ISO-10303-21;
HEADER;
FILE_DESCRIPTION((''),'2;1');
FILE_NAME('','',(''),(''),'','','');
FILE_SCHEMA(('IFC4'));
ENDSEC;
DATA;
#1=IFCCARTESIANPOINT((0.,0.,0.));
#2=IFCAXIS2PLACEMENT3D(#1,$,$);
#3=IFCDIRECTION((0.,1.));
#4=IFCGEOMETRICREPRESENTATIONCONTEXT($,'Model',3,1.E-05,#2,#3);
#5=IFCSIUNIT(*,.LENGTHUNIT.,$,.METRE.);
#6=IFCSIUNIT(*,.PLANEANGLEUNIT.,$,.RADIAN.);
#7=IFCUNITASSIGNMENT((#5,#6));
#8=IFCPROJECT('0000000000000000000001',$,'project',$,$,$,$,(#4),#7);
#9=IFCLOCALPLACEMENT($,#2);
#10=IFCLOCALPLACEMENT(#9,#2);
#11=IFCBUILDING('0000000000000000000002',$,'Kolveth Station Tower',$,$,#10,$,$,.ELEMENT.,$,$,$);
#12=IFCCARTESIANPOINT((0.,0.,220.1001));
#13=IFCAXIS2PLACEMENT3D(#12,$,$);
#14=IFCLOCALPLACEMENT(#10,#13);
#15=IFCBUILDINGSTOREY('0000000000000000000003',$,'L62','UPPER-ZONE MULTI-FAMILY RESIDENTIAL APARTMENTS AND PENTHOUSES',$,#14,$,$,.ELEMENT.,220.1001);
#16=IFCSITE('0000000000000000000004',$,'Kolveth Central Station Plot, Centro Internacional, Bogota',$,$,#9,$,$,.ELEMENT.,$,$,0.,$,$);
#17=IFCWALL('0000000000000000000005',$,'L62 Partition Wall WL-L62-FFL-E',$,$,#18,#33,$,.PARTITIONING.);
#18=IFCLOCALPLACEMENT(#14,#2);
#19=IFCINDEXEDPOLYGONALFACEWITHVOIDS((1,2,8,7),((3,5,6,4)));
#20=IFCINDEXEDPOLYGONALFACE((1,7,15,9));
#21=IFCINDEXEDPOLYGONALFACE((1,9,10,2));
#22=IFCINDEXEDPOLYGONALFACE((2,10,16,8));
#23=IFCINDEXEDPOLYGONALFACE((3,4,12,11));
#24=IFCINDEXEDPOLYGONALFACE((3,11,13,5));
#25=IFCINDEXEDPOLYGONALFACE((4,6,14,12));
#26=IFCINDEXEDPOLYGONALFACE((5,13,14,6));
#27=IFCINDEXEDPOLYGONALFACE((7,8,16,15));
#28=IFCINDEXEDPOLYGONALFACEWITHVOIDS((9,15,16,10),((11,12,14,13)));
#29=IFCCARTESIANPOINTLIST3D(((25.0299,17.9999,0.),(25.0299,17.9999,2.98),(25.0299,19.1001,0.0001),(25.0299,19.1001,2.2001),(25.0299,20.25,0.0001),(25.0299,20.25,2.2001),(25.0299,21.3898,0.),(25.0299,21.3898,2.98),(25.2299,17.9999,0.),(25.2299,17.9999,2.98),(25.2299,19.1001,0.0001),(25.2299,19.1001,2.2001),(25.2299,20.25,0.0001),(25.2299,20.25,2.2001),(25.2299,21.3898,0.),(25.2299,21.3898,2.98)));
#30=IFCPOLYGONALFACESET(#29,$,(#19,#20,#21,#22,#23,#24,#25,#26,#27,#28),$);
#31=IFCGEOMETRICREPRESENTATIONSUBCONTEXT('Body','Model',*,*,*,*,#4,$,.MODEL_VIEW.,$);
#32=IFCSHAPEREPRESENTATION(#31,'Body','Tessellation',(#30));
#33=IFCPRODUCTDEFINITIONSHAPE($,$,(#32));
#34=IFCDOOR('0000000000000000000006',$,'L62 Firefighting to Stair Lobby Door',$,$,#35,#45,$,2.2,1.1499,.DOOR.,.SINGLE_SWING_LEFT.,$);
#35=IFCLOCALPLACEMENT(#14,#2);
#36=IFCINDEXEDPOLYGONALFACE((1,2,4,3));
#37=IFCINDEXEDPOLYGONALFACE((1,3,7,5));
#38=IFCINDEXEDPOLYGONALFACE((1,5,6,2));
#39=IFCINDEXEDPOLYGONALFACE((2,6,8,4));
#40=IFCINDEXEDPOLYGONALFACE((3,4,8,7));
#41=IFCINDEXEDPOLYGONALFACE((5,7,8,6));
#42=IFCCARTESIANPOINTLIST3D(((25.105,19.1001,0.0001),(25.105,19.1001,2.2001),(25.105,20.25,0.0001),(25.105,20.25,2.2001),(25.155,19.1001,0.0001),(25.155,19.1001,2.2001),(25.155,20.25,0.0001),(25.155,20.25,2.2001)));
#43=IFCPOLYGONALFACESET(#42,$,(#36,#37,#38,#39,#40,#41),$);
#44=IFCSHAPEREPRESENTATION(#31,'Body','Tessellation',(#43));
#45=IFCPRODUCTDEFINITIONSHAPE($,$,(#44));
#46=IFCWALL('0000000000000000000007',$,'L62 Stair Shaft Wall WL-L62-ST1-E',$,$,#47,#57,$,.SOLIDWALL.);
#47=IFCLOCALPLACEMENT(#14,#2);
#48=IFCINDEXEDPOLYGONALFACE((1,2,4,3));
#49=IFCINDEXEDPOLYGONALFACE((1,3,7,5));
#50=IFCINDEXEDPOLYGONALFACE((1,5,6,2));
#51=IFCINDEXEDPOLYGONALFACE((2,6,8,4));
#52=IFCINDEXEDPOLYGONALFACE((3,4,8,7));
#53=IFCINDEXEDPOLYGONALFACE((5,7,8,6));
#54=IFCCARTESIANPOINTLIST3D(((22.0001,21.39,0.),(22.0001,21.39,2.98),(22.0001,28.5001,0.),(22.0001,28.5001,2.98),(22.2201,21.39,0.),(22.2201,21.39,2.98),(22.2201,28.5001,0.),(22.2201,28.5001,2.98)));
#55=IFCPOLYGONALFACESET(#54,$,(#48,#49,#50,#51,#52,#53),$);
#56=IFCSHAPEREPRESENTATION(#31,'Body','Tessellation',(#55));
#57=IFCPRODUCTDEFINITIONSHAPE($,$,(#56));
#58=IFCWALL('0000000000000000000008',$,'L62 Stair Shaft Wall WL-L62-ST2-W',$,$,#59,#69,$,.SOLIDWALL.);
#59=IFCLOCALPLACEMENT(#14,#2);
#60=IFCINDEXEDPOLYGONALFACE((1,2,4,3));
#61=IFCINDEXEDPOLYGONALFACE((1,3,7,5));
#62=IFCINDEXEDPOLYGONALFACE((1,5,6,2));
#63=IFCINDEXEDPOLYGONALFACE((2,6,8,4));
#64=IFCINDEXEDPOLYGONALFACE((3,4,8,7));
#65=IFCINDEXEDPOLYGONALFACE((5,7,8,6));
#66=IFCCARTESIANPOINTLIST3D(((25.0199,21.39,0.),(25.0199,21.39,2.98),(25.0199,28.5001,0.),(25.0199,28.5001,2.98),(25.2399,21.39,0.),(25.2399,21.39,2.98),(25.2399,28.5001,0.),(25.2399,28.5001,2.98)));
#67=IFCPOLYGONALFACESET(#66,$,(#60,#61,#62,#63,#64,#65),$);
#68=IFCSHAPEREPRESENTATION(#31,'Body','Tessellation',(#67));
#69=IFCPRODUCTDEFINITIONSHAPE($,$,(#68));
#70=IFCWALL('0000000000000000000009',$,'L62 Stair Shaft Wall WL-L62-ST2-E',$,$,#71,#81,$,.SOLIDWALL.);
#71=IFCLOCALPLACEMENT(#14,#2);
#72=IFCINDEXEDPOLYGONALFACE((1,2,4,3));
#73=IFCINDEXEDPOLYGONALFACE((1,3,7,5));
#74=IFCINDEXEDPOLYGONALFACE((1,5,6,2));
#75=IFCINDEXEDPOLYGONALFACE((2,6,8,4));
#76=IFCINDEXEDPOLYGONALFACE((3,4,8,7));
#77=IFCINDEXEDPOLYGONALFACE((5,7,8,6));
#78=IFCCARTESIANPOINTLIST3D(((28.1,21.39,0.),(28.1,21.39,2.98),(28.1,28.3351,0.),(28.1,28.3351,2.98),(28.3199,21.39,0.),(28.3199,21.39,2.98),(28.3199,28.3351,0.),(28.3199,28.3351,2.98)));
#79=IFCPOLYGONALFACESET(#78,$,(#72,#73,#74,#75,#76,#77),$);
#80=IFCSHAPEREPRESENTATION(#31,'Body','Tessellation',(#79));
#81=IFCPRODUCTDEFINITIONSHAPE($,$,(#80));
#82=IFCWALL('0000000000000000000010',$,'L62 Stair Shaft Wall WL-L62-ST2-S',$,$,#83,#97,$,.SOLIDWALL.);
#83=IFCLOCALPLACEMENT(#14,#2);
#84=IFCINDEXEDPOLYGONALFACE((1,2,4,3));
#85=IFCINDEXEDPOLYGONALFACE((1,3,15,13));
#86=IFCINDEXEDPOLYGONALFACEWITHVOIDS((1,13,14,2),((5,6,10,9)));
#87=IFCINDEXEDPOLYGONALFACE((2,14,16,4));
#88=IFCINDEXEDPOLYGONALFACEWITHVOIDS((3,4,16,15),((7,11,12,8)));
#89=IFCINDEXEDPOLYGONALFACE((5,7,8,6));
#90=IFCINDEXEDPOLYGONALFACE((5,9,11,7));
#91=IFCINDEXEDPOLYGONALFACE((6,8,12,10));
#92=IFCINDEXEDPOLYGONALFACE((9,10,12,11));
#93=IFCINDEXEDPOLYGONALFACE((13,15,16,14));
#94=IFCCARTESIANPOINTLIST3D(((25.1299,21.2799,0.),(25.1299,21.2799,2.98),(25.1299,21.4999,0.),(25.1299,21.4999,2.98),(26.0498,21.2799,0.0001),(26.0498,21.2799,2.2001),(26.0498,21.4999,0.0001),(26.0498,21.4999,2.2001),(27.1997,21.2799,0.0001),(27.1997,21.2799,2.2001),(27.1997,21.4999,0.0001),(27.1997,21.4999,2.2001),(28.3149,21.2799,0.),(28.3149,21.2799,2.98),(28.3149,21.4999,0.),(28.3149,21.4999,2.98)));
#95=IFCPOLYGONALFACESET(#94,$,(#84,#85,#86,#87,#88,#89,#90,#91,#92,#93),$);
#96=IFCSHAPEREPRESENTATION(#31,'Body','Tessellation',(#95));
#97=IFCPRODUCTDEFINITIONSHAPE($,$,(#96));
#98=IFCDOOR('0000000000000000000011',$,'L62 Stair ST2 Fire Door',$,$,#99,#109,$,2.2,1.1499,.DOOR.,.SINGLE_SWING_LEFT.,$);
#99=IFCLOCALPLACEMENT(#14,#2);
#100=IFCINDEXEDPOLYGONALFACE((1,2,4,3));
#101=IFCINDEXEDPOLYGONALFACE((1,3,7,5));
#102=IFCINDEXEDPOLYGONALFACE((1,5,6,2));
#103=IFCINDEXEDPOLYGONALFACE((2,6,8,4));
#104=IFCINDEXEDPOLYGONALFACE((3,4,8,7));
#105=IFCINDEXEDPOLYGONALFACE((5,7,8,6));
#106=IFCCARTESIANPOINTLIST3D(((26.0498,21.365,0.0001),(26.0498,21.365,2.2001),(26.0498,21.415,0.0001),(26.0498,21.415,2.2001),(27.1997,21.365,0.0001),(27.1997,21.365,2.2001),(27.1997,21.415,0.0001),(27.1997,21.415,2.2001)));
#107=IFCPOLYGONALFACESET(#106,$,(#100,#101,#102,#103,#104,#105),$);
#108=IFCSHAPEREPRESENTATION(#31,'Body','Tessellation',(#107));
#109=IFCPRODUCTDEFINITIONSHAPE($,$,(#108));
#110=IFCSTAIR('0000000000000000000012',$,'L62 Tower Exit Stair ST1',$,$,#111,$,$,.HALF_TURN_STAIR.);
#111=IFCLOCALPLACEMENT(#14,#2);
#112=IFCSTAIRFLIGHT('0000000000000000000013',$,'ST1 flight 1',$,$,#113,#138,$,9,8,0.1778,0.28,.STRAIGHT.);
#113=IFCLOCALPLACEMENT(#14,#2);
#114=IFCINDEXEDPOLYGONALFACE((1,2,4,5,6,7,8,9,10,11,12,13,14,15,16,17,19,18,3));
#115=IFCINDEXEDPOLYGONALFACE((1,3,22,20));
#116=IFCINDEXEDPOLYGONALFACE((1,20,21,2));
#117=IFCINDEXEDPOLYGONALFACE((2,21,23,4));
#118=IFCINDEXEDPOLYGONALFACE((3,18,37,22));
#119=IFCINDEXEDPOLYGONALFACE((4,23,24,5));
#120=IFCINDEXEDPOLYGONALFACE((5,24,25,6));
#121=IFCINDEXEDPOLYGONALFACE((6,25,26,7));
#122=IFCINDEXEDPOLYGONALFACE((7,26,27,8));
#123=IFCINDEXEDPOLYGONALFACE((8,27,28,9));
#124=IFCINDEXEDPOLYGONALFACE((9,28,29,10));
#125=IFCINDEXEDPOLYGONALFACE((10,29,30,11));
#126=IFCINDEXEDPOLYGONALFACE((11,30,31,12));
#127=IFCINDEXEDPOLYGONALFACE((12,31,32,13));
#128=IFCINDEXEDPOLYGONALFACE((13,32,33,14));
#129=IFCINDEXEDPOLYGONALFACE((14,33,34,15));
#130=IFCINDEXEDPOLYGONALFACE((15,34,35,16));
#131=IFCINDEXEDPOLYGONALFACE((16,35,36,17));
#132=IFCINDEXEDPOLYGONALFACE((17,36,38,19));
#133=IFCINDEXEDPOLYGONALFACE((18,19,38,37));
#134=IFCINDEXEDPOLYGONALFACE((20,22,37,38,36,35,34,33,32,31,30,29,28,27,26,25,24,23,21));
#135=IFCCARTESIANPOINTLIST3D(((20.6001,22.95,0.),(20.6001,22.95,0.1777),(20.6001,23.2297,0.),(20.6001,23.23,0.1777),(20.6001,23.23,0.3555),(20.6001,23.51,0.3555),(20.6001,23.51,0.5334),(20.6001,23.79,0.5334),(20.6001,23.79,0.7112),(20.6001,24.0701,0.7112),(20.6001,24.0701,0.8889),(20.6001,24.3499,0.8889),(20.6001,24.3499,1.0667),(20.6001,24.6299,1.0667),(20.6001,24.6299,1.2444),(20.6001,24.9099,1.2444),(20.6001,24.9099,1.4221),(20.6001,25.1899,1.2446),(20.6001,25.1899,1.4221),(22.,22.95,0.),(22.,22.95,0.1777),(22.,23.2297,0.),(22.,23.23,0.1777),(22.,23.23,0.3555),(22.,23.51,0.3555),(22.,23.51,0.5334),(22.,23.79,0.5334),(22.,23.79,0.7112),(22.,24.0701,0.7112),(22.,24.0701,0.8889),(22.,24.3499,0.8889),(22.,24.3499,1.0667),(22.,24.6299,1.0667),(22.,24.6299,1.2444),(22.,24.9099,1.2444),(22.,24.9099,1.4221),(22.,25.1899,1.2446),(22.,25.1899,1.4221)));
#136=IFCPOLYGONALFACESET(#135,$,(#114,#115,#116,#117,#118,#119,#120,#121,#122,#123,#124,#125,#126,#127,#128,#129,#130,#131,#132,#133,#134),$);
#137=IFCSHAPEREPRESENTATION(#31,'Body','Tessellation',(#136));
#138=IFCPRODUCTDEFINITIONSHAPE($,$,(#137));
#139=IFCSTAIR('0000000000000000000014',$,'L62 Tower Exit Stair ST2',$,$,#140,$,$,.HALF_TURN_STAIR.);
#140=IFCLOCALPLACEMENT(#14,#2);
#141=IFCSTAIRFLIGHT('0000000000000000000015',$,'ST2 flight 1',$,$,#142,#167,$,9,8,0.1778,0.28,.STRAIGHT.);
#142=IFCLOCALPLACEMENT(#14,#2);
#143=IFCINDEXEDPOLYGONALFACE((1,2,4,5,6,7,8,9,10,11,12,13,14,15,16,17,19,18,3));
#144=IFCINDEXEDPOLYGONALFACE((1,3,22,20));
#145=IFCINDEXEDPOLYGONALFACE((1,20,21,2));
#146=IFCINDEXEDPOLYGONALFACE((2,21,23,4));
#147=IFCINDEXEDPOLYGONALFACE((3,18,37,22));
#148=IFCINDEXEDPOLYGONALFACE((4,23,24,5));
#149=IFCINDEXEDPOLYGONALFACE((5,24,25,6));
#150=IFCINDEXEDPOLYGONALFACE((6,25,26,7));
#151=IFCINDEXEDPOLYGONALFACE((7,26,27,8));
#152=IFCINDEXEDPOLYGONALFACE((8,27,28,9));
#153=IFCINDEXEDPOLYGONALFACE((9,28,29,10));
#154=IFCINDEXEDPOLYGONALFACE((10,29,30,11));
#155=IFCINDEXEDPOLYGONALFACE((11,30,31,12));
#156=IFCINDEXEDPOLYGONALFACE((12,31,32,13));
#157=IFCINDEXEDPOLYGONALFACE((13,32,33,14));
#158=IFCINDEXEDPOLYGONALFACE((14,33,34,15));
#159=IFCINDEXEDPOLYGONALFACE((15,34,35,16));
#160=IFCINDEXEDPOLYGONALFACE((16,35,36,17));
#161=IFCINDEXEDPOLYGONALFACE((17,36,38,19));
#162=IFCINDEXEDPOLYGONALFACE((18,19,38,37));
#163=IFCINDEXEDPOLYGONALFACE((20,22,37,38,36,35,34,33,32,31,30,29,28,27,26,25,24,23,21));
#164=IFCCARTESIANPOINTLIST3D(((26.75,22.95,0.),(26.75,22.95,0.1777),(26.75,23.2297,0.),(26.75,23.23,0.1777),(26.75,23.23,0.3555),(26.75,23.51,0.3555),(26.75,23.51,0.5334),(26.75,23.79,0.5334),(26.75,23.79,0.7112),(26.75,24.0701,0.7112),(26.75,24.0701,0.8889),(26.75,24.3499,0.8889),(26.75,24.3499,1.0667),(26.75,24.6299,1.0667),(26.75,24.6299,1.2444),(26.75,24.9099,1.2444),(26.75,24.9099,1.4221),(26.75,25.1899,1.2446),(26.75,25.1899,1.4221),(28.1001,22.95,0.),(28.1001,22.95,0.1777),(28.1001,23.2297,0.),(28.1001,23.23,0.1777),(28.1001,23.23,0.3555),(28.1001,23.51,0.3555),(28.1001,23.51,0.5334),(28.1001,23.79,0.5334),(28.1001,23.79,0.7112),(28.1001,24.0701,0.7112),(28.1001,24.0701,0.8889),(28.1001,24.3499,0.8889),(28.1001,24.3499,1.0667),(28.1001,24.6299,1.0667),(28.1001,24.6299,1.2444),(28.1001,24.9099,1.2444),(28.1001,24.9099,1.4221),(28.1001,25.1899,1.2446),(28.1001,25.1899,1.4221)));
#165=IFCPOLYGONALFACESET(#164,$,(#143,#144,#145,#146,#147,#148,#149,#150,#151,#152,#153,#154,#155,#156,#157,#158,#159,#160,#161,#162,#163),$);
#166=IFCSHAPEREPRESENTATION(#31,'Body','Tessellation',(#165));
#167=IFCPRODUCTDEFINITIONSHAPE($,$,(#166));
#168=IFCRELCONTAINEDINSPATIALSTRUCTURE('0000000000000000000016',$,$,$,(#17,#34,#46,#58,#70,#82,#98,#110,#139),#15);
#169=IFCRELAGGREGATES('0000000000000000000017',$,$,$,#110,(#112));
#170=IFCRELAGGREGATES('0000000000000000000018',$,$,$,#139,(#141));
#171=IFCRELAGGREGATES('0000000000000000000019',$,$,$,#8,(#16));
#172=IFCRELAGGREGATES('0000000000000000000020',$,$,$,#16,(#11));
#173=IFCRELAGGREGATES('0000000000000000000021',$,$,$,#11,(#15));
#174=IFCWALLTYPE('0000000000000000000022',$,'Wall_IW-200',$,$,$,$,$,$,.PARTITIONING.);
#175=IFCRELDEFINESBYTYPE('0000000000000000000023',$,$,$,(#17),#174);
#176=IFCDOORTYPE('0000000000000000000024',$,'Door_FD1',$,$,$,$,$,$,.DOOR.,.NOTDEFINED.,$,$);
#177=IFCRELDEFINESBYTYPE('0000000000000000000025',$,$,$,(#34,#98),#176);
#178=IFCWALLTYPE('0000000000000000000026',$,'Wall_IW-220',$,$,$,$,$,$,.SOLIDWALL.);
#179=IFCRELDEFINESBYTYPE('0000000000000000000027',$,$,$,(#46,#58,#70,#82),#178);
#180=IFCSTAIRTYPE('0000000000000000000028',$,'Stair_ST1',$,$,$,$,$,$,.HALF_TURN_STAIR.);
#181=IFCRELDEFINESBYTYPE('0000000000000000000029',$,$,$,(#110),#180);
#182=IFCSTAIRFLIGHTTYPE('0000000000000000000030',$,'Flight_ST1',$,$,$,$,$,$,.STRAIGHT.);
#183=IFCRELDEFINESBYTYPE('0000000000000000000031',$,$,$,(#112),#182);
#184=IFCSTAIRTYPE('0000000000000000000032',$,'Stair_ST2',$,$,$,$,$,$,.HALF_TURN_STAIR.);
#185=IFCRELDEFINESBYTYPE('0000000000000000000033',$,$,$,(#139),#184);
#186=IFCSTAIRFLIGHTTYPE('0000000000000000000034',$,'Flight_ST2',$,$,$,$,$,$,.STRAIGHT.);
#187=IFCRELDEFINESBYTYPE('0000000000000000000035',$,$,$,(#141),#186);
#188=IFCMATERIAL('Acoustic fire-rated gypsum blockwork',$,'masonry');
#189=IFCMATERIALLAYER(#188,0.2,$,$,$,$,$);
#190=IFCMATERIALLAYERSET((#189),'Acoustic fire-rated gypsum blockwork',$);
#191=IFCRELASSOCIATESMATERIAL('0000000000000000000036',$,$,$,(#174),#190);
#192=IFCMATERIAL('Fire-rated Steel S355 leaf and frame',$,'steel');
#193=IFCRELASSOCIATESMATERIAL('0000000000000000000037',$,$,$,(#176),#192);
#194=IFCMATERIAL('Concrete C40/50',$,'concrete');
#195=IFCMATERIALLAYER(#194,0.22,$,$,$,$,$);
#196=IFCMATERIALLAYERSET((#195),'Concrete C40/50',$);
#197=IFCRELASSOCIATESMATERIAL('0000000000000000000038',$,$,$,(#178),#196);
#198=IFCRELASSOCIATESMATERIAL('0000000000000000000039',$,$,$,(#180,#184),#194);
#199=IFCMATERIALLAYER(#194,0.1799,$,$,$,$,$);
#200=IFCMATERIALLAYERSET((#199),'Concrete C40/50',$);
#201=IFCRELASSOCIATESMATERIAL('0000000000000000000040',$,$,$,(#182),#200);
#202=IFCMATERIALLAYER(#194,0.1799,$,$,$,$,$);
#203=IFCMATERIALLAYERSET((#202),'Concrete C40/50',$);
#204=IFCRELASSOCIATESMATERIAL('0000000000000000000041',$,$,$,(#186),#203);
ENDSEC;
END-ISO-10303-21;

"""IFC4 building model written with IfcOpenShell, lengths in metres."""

from ifc_helpers import new_model, si_unit, direction, frame, frame_2d, origin, place, context, subcontext, project, spatial, polyline, rectangle, outline, extrude, material, layer, layer_set, type_object, element, fill, aggregate, save


model = new_model("IFC4")

# Units and contexts
model_context = context("Model", 3, precision=1e-05, world=origin(), true_north=direction((0.0, 1.0)))
body_context = subcontext(model_context, "Body", "Model", "MODEL_VIEW")
ifc_project = project(units=[si_unit("LENGTHUNIT", "METRE"), si_unit("PLANEANGLEUNIT", "RADIAN")], contexts=[model_context])

# Site, building, storey
site_placement = place(None, origin())
site = spatial("IfcSite", under=ifc_project, at=site_placement, Name="Kolveth Central Station Plot, Centro Internacional, Bogota", CompositionType="ELEMENT", RefElevation=0.0)
building_placement = place(site_placement, origin())
building = spatial("IfcBuilding", under=site, at=building_placement, Name="Kolveth Station Tower", CompositionType="ELEMENT")
storey_placement = place(building_placement, frame((0.0, 0.0, 220.1001)))
storey = spatial("IfcBuildingStorey", under=building, at=storey_placement, Name="L62", Description="UPPER-ZONE MULTI-FAMILY RESIDENTIAL APARTMENTS AND PENTHOUSES", CompositionType="ELEMENT", Elevation=220.1001)

# Shared definitions
ifc_material_1 = material(Name="Acoustic fire-rated gypsum blockwork", Category="masonry")
ifc_layer_1 = layer(ifc_material_1, 0.2)
ifc_layer_set_1 = layer_set([ifc_layer_1], Name="Acoustic fire-rated gypsum blockwork")
wall_type_1 = type_object("IfcWallType", Name="Wall_IW-200", PredefinedType="PARTITIONING", material=ifc_layer_set_1)

# Wall, opening, door
wall_1_placement = place(storey_placement, frame((25.1299, 18.0, 0.0), z_axis=(0.0, 0.0, 1.0), x_axis=(0.0, 1.0, 0.0)))
wall_1 = element("IfcWall", 1, at=wall_1_placement, inside=storey, type_object=wall_type_1, Name="L62 Partition Wall WL-L62-FFL-E", PredefinedType="PARTITIONING", context=body_context, shape_type="SweptSolid", body=[
    extrude(rectangle(XDim=3.3899, YDim=0.2, at=frame_2d((1.6948, 0.0))), origin(), (0.0, 0.0, 1.0), 2.98),
])
opening_1_placement = place(wall_1_placement, frame((1.1001, 0.0, 0.0)))
opening_1 = element("IfcOpeningElement", 2, at=opening_1_placement, cuts=wall_1, PredefinedType="OPENING", context=body_context, shape_type="SweptSolid", body=[
    extrude(rectangle(XDim=1.1499, YDim=2.2, at=frame_2d((0.575, 1.1001))), frame((0.0, 0.1099, 0.0), z_axis=(0.0, -1.0, 0.0), x_axis=(1.0, 0.0, 0.0)), (0.0, 0.0, 1.0), 0.22),
])
ifc_material_2 = material(Name="Fire-rated Steel S355 leaf and frame", Category="steel")
door_type = type_object("IfcDoorType", Name="Door_FD1", OperationType="NOTDEFINED", PredefinedType="DOOR", material=ifc_material_2)
door_1_placement = place(opening_1_placement, origin())
door_1 = element("IfcDoor", 3, at=door_1_placement, inside=storey, type_object=door_type, Name="L62 Firefighting to Stair Lobby Door", OperationType="SINGLE_SWING_LEFT", OverallHeight=2.2, OverallWidth=1.1499, PredefinedType="DOOR", context=body_context, shape_type="SweptSolid", body=[
    extrude(rectangle(XDim=1.1499, YDim=2.2, at=frame_2d((0.575, 1.1001))), frame((0.0, 0.0249, 0.0), z_axis=(0.0, -1.0, 0.0), x_axis=(1.0, 0.0, 0.0)), (0.0, 0.0, 1.0), 0.05),
])
fill(opening_1, door_1)

# Walls
ifc_material_3 = material(Name="Concrete C40/50", Category="concrete")
ifc_layer_2 = layer(ifc_material_3, 0.22)
ifc_layer_set_2 = layer_set([ifc_layer_2], Name="Concrete C40/50")
wall_type_2 = type_object("IfcWallType", Name="Wall_IW-220", PredefinedType="SOLIDWALL", material=ifc_layer_set_2)
for number, where, z_axis, x_axis, name in (
    (4, (22.1101, 21.3899, 0.0), (0.0, 0.0, 1.0), (0.0, 1.0, 0.0), "L62 Stair Shaft Wall WL-L62-ST1-E"),
    (5, (25.1299, 21.3899, 0.0), (0.0, 0.0, 1.0), (0.0, 1.0, 0.0), "L62 Stair Shaft Wall WL-L62-ST2-W"),
):
    element("IfcWall", number, at=place(storey_placement, frame(where, z_axis=z_axis, x_axis=x_axis)), inside=storey, type_object=wall_type_2, Name=name, PredefinedType="SOLIDWALL", context=body_context, shape_type="SweptSolid", body=[
        extrude(rectangle(XDim=7.1101, YDim=0.22, at=frame_2d((3.5552, 0.0))), origin(), (0.0, 0.0, 1.0), 2.98),
    ])
wall_2_placement = place(storey_placement, frame((28.21, 21.3899, 0.0), z_axis=(0.0, 0.0, 1.0), x_axis=(0.0, 1.0, 0.0)))
element("IfcWall", 6, at=wall_2_placement, inside=storey, type_object=wall_type_2, Name="L62 Stair Shaft Wall WL-L62-ST2-E", PredefinedType="SOLIDWALL", context=body_context, shape_type="SweptSolid", body=[
    extrude(rectangle(XDim=6.9451, YDim=0.22, at=frame_2d((3.4727, 0.0))), origin(), (0.0, 0.0, 1.0), 2.98),
])

# Wall, opening, door
wall_3_placement = place(storey_placement, frame((25.1299, 21.3899, 0.0), z_axis=(0.0, 0.0, 1.0), x_axis=(1.0, 0.0, 0.0)))
wall_3 = element("IfcWall", 7, at=wall_3_placement, inside=storey, type_object=wall_type_2, Name="L62 Stair Shaft Wall WL-L62-ST2-S", PredefinedType="SOLIDWALL", context=body_context, shape_type="SweptSolid", body=[
    extrude(rectangle(XDim=3.1851, YDim=0.22, at=frame_2d((1.5925, 0.0))), origin(), (0.0, 0.0, 1.0), 2.98),
])
opening_2_placement = place(wall_3_placement, frame((0.9199, 0.0, 0.0)))
opening_2 = element("IfcOpeningElement", 8, at=opening_2_placement, cuts=wall_3, PredefinedType="OPENING", context=body_context, shape_type="SweptSolid", body=[
    extrude(rectangle(XDim=1.1499, YDim=2.2, at=frame_2d((0.575, 1.1001))), frame((0.0, 0.1199, 0.0), z_axis=(0.0, -1.0, 0.0), x_axis=(1.0, 0.0, 0.0)), (0.0, 0.0, 1.0), 0.24),
])
door_2_placement = place(opening_2_placement, frame((1.1499, 0.0, 0.0), z_axis=(0.0, 0.0, 1.0), x_axis=(-1.0, 0.0, 0.0)))
door_2 = element("IfcDoor", 9, at=door_2_placement, inside=storey, type_object=door_type, Name="L62 Stair ST2 Fire Door", OperationType="SINGLE_SWING_LEFT", OverallHeight=2.2, OverallWidth=1.1499, PredefinedType="DOOR", context=body_context, shape_type="SweptSolid", body=[
    extrude(rectangle(XDim=1.1499, YDim=2.2, at=frame_2d((0.575, 1.1001))), frame((0.0, 0.0249, 0.0), z_axis=(0.0, -1.0, 0.0), x_axis=(1.0, 0.0, 0.0)), (0.0, 0.0, 1.0), 0.05),
])
fill(opening_2, door_2)

# Stairs, stair flights
stair_type_1 = type_object("IfcStairType", Name="Stair_ST1", PredefinedType="HALF_TURN_STAIR", material=ifc_material_3)
stair_1_placement = place(storey_placement, origin())
stair_1 = element("IfcStair", 10, at=stair_1_placement, inside=storey, type_object=stair_type_1, Name="L62 Tower Exit Stair ST1", PredefinedType="HALF_TURN_STAIR")
ifc_layer_3 = layer(ifc_material_3, 0.1799)
ifc_layer_set_3 = layer_set([ifc_layer_3], Name="Concrete C40/50")
stair_flight_type_1 = type_object("IfcStairFlightType", Name="Flight_ST1", PredefinedType="STRAIGHT", material=ifc_layer_set_3)
stair_flight_1_placement = place(storey_placement, frame((21.3, 22.95, 0.0), z_axis=(0.0, 0.0, 1.0), x_axis=(0.0, 1.0, 0.0)))
stair_flight_1 = element("IfcStairFlight", 11, at=stair_flight_1_placement, type_object=stair_flight_type_1, Name="ST1 flight 1", NumberOfRisers=9, NumberOfTreads=8, PredefinedType="STRAIGHT", RiserHeight=0.1778, TreadLength=0.28, context=body_context, shape_type="SweptSolid", body=[
    extrude(outline(polyline([(0.0, 0.0), (0.0, 0.1777), (0.28, 0.1777), (0.28, 0.3555), (0.5601, 0.3555), (0.5601, 0.5334), (0.8401, 0.5334), (0.8401, 0.7112), (1.1201, 0.7112), (1.1201, 0.8889), (1.3999, 0.8889), (1.3999, 1.0667), (1.6799, 1.0667), (1.6799, 1.2444), (1.96, 1.2444), (1.96, 1.4221), (2.24, 1.4221), (2.24, 1.6001), (2.24, 1.2446), (0.2798, 0.0), (0.0, 0.0)])), frame((0.0, 0.7, 0.0), z_axis=(0.0, -1.0, 0.0), x_axis=(1.0, 0.0, 0.0)), (0.0, 0.0, 1.0), 1.3999),
])
aggregate(stair_1, [stair_flight_1])
stair_type_2 = type_object("IfcStairType", Name="Stair_ST2", PredefinedType="HALF_TURN_STAIR", material=ifc_material_3)
stair_2_placement = place(storey_placement, origin())
stair_2 = element("IfcStair", 12, at=stair_2_placement, inside=storey, type_object=stair_type_2, Name="L62 Tower Exit Stair ST2", PredefinedType="HALF_TURN_STAIR")
ifc_layer_4 = layer(ifc_material_3, 0.1799)
ifc_layer_set_4 = layer_set([ifc_layer_4], Name="Concrete C40/50")
stair_flight_type_2 = type_object("IfcStairFlightType", Name="Flight_ST2", PredefinedType="STRAIGHT", material=ifc_layer_set_4)
stair_flight_2_placement = place(storey_placement, frame((27.425, 22.95, 0.0), z_axis=(0.0, 0.0, 1.0), x_axis=(0.0, 1.0, 0.0)))
stair_flight_2 = element("IfcStairFlight", 13, at=stair_flight_2_placement, type_object=stair_flight_type_2, Name="ST2 flight 1", NumberOfRisers=9, NumberOfTreads=8, PredefinedType="STRAIGHT", RiserHeight=0.1778, TreadLength=0.28, context=body_context, shape_type="SweptSolid", body=[
    extrude(outline(polyline([(0.0, 0.0), (0.0, 0.1777), (0.28, 0.1777), (0.28, 0.3555), (0.5601, 0.3555), (0.5601, 0.5334), (0.8401, 0.5334), (0.8401, 0.7112), (1.1201, 0.7112), (1.1201, 0.8889), (1.3999, 0.8889), (1.3999, 1.0667), (1.6799, 1.0667), (1.6799, 1.2444), (1.96, 1.2444), (1.96, 1.4221), (2.24, 1.4221), (2.24, 1.6001), (2.24, 1.2446), (0.2798, 0.0), (0.0, 0.0)])), frame((0.0, 0.675, 0.0), z_axis=(0.0, -1.0, 0.0), x_axis=(1.0, 0.0, 0.0)), (0.0, 0.0, 1.0), 1.3501),
])
aggregate(stair_2, [stair_flight_2])

save(model, "model.ifc")
